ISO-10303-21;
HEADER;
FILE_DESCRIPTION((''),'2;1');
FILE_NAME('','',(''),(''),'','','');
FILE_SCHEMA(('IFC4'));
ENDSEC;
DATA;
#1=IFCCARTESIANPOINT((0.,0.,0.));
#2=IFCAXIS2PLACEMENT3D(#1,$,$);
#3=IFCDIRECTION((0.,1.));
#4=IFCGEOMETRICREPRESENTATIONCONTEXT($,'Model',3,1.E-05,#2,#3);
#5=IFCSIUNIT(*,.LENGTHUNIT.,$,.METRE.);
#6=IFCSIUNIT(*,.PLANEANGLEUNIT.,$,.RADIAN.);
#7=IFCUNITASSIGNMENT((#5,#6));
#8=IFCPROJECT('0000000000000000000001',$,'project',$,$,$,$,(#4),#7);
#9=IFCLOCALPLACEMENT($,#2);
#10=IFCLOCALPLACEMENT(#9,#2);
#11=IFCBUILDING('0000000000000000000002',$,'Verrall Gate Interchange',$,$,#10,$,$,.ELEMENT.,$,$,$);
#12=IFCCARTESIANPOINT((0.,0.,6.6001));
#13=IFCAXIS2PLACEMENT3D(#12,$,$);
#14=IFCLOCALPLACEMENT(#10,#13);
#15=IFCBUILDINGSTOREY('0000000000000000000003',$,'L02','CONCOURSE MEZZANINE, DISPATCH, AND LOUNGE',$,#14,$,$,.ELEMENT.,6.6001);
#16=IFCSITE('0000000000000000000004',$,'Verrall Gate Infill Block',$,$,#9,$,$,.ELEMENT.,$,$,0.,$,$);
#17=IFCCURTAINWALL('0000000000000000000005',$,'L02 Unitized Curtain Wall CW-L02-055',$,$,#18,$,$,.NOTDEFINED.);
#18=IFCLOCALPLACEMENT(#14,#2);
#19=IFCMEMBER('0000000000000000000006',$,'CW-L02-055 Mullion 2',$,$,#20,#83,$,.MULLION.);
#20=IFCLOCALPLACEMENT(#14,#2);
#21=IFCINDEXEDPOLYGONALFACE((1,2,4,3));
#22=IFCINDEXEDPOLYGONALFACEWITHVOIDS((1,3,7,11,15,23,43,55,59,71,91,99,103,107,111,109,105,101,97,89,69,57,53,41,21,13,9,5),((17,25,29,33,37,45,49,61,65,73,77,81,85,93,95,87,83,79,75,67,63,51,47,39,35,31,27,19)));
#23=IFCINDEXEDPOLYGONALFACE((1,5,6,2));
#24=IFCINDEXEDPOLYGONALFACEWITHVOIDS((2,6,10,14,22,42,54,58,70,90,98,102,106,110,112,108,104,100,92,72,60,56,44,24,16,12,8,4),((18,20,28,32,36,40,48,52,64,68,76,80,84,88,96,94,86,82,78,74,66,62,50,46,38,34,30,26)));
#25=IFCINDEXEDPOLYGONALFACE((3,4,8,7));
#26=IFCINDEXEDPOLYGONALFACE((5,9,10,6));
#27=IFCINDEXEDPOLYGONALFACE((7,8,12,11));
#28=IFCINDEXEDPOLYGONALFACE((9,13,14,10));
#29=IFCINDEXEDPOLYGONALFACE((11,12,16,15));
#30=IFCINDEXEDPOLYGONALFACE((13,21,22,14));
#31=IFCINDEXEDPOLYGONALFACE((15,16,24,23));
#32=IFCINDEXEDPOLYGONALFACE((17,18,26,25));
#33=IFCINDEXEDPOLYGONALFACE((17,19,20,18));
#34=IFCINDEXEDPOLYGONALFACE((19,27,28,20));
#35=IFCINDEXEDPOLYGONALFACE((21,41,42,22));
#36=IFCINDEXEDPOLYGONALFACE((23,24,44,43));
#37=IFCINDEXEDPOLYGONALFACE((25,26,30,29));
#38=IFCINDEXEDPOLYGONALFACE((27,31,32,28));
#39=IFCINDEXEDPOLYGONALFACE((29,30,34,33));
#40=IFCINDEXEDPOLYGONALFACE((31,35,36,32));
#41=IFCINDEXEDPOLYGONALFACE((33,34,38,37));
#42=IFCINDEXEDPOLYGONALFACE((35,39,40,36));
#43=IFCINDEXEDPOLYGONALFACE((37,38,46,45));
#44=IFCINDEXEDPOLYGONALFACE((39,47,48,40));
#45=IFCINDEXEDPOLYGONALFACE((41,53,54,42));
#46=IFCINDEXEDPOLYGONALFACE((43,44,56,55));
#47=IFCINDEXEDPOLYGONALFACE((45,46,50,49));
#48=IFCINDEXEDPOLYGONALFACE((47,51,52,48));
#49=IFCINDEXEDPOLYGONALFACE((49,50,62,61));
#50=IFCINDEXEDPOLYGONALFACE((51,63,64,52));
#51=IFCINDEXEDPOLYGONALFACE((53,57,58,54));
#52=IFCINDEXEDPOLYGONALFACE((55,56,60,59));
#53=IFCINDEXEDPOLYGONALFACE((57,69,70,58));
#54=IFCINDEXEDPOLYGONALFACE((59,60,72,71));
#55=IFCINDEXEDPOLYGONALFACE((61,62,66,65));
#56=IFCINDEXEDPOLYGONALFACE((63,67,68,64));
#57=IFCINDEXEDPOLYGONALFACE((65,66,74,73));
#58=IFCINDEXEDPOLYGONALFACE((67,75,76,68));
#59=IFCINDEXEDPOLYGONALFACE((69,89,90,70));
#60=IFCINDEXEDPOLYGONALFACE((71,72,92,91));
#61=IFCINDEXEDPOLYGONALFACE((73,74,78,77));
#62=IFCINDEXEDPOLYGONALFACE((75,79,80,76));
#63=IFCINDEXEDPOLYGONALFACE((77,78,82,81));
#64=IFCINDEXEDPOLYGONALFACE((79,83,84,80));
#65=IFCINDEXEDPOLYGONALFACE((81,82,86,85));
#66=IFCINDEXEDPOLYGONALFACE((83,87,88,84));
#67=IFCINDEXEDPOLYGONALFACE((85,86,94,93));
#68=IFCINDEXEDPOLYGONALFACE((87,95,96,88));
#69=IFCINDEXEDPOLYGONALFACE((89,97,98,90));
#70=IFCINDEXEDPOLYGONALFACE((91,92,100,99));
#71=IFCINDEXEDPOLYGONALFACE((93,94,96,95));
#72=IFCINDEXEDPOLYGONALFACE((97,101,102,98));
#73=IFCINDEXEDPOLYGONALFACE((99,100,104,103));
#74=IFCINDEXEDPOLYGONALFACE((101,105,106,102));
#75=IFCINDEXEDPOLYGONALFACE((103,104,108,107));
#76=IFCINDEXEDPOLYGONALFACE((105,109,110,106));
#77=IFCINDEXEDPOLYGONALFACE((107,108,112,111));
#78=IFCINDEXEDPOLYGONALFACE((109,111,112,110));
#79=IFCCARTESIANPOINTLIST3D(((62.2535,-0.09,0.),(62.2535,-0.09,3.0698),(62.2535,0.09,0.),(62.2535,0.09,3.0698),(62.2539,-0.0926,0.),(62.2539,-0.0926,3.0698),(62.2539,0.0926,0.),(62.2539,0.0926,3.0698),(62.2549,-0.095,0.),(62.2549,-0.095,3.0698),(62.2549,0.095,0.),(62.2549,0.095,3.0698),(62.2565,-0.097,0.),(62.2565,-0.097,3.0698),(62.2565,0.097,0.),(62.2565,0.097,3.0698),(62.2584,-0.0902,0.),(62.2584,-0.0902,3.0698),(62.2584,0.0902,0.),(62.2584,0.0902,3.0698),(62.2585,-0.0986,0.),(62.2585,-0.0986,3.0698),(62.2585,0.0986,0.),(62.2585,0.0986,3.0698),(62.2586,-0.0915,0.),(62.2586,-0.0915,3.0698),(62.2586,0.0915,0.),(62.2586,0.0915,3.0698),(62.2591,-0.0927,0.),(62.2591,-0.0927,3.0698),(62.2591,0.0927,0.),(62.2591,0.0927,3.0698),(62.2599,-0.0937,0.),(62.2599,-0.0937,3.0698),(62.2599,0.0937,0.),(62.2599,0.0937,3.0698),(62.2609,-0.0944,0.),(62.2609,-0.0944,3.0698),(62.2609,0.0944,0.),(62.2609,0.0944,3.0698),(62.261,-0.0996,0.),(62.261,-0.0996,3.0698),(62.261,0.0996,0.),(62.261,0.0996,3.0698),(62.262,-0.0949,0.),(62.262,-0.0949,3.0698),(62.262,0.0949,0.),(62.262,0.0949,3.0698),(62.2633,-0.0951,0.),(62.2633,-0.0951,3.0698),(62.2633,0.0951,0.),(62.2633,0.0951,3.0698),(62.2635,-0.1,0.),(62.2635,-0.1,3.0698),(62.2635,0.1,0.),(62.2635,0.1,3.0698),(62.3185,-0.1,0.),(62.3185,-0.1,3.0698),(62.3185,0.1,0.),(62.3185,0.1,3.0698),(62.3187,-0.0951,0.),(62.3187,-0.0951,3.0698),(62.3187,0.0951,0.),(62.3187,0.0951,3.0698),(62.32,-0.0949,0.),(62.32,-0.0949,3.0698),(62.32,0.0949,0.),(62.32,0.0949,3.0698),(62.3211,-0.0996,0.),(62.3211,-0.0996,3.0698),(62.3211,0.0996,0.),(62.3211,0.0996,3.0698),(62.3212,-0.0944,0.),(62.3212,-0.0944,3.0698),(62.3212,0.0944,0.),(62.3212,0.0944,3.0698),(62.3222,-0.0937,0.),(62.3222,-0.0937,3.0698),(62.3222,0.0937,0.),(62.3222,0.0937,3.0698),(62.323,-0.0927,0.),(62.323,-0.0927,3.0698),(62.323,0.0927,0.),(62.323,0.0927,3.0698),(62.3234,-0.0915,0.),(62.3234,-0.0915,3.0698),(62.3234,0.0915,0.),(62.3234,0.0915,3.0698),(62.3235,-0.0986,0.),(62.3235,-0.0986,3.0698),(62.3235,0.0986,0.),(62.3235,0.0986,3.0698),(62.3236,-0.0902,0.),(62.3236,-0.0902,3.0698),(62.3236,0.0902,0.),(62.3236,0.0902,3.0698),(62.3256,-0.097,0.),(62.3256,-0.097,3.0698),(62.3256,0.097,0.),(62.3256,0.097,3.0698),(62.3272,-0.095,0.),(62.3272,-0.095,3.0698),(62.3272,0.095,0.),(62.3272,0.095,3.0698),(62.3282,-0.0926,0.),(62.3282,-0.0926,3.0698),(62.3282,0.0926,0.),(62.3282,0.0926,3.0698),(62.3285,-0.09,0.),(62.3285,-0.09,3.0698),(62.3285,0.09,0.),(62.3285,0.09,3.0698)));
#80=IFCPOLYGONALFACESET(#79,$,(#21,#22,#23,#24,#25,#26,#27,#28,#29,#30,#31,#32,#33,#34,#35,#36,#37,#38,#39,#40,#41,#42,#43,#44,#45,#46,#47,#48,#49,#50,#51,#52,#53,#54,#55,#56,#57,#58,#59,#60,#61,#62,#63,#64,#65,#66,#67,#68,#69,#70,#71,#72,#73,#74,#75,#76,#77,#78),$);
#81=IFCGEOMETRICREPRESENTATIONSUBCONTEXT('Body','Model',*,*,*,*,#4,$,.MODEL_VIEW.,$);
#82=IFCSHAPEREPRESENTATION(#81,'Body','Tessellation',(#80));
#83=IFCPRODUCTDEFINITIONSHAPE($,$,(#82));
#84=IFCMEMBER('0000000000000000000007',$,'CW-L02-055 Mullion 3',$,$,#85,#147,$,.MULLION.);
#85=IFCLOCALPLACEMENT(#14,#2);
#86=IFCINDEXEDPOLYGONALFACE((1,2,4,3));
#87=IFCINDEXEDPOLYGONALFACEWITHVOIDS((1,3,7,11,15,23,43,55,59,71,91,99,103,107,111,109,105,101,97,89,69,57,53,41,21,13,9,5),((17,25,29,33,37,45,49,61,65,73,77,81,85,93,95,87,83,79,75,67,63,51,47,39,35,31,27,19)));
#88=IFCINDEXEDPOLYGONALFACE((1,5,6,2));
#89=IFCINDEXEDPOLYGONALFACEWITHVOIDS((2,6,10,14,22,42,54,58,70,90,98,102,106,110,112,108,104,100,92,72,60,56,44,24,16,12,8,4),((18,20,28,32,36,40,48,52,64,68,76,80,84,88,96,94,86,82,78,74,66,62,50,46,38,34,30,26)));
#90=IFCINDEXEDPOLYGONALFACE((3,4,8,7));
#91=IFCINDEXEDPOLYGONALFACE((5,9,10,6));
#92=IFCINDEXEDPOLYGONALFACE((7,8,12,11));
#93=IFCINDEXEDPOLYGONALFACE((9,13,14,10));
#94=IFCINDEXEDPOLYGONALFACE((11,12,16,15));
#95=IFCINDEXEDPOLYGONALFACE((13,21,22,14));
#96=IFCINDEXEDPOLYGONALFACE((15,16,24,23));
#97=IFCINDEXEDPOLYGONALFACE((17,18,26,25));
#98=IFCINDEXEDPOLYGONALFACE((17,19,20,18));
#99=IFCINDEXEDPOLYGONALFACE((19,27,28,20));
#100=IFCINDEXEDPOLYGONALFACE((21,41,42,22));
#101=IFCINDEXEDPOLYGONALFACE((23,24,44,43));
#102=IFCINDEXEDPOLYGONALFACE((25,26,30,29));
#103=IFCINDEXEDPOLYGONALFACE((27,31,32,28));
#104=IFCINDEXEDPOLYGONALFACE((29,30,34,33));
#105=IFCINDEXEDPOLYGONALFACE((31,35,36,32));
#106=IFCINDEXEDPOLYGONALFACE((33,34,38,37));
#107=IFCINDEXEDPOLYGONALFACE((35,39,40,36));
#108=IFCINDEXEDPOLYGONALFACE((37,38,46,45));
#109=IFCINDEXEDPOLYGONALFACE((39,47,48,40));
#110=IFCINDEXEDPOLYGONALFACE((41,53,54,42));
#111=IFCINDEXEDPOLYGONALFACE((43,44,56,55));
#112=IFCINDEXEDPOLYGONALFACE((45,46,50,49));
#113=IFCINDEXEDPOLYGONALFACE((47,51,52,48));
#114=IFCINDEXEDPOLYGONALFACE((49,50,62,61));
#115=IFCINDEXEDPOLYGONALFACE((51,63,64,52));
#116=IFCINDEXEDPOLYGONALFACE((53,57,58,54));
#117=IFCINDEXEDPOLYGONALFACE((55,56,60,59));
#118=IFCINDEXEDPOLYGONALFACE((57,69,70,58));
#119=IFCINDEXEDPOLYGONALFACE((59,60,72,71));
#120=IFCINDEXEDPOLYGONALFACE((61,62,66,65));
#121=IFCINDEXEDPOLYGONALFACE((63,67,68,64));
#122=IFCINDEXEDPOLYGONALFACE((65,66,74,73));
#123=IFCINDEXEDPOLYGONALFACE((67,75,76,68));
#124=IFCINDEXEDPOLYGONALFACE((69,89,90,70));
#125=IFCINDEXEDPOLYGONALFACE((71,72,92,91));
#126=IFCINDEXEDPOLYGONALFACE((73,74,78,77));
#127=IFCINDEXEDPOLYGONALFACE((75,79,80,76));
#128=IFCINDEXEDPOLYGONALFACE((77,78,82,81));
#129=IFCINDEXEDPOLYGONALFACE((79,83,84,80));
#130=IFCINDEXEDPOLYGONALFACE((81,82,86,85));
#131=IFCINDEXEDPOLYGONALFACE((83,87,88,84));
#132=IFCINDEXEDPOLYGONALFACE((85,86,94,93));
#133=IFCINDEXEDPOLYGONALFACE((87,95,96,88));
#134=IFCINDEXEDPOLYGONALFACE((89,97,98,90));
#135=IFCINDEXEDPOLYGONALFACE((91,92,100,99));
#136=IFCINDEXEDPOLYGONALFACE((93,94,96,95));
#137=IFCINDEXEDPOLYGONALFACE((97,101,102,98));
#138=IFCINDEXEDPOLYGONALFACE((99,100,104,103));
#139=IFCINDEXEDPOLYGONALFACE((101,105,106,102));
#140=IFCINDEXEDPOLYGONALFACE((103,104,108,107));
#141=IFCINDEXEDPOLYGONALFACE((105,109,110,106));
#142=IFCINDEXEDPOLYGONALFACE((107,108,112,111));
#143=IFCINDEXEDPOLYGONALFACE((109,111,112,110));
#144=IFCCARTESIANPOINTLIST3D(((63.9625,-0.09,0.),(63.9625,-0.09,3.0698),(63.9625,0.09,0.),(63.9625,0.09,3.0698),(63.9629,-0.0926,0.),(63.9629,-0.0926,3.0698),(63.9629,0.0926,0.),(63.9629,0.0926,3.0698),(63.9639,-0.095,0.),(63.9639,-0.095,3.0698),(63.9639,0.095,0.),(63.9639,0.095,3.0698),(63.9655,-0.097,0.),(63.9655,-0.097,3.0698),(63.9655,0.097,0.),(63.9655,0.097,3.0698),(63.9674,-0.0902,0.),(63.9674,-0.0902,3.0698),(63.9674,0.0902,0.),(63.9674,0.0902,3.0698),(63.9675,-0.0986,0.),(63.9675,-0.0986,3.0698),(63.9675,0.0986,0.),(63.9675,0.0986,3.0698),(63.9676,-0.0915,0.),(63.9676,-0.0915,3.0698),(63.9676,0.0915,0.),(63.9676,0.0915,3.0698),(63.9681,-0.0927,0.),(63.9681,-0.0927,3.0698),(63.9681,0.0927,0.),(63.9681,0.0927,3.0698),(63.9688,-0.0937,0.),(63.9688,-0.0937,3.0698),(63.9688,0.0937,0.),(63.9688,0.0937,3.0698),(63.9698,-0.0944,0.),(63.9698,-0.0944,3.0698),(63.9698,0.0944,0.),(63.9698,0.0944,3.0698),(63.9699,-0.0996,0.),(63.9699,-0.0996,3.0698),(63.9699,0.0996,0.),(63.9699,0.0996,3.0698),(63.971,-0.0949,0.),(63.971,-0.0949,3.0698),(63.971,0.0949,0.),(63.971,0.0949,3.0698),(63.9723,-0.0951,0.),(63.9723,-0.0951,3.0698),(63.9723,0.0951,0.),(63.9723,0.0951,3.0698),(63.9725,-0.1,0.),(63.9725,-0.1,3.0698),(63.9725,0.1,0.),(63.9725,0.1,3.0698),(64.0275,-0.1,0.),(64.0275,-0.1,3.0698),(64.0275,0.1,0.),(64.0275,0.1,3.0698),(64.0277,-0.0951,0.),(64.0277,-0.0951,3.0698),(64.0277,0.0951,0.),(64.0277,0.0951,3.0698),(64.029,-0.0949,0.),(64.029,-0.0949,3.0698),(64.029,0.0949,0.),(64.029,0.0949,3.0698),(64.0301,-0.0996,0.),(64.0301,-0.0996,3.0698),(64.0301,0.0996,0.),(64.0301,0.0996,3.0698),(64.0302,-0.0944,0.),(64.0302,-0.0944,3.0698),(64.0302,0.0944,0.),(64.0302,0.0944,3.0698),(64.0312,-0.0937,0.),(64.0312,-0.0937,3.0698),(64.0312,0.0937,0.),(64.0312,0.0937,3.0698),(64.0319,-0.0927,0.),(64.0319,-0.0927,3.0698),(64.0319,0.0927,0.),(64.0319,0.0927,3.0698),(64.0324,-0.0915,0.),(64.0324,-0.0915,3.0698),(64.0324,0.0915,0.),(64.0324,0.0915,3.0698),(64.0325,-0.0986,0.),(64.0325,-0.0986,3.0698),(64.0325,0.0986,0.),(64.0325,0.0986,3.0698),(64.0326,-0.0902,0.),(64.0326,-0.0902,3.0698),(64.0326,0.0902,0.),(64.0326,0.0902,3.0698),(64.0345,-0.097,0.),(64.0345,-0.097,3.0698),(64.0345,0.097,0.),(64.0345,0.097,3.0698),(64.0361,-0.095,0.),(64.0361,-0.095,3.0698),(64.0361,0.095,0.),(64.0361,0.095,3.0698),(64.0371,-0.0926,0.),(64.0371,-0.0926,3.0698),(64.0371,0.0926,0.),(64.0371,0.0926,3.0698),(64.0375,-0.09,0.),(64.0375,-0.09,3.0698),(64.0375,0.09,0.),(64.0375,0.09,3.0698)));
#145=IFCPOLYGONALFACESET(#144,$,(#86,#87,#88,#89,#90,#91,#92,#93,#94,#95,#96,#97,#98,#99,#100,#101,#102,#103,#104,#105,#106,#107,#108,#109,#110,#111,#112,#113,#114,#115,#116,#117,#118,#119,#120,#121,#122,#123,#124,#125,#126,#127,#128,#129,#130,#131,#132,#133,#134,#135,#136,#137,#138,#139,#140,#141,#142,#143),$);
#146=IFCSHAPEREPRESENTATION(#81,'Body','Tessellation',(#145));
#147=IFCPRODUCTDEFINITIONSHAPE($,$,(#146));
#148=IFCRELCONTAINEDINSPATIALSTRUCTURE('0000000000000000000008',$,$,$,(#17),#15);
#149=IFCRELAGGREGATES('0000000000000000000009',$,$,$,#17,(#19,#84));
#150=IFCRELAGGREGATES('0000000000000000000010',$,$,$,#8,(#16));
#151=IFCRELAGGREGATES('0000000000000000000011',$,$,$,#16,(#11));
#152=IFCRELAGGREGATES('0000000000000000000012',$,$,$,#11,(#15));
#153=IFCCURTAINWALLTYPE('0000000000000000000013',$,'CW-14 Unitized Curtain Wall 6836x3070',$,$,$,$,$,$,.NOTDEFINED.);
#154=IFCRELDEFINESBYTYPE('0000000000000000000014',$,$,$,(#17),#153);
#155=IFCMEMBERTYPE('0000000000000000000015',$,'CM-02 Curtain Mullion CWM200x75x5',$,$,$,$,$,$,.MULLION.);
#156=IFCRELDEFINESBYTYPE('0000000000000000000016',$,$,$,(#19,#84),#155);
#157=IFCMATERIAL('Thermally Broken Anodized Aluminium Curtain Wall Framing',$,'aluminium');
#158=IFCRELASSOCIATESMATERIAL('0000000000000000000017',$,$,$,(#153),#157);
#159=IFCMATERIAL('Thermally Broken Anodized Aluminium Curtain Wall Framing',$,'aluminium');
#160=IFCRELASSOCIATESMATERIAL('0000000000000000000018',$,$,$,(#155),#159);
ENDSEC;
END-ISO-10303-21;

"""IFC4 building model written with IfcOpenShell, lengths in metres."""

from ifc_helpers import new_model, si_unit, direction, frame, origin, origin_2d, place, context, subcontext, project, spatial, hollow_rectangle, extrude, material, material_profile, profile_set, type_object, element, aggregate, save


model = new_model("IFC4")

# Units and contexts
model_context = context("Model", 3, precision=1e-05, world=origin(), true_north=direction((0.0, 1.0)))
body_context = subcontext(model_context, "Body", "Model", "MODEL_VIEW")
ifc_project = project(units=[si_unit("LENGTHUNIT", "METRE"), si_unit("PLANEANGLEUNIT", "RADIAN")], contexts=[model_context])

# Site, building, storey
site_placement = place(None, origin())
site = spatial("IfcSite", under=ifc_project, at=site_placement, Name="Verrall Gate Infill Block", CompositionType="ELEMENT", RefElevation=0.0)
building_placement = place(site_placement, origin())
building = spatial("IfcBuilding", under=site, at=building_placement, Name="Verrall Gate Interchange", CompositionType="ELEMENT")
storey_placement = place(building_placement, frame((0.0, 0.0, 6.6001)))
storey = spatial("IfcBuildingStorey", under=building, at=storey_placement, Name="L02", Description="CONCOURSE MEZZANINE, DISPATCH, AND LOUNGE", CompositionType="ELEMENT", Elevation=6.6001)

# Curtain wall, members
ifc_material_1 = material(Name="Thermally Broken Anodized Aluminium Curtain Wall Framing", Category="aluminium")
curtain_wall_type = type_object("IfcCurtainWallType", Name="CW-14 Unitized Curtain Wall 6836x3070", PredefinedType="NOTDEFINED", material=ifc_material_1)
curtain_wall_1_placement = place(storey_placement, origin())
curtain_wall_1 = element("IfcCurtainWall", 1, at=curtain_wall_1_placement, inside=storey, type_object=curtain_wall_type, Name="L02 Unitized Curtain Wall CW-L02-055", PredefinedType="NOTDEFINED")
ifc_material_2 = material(Name="Thermally Broken Anodized Aluminium Curtain Wall Framing", Category="aluminium")
ifc_material_profile_1 = material_profile(ifc_material_2, hollow_rectangle(XDim=0.075, YDim=0.2, WallThickness=0.0049, InnerFilletRadius=0.0049, OuterFilletRadius=0.01, at=origin_2d()), Name="CWM200x75x5")
ifc_profile_set_1 = profile_set([ifc_material_profile_1], Name="Thermally Broken Anodized Aluminium Curtain Wall Framing")
member_type_1 = type_object("IfcMemberType", Name="CM-02 Curtain Mullion CWM200x75x5", PredefinedType="MULLION", material=ifc_profile_set_1)
member_1_placement = place(storey_placement, frame((62.291, 0.0, 0.0), z_axis=(0.0, 0.0, 1.0), x_axis=(1.0, 0.0, 0.0)))
member_1 = element("IfcMember", 2, at=member_1_placement, type_object=member_type_1, Name="CW-L02-055 Mullion 2", PredefinedType="MULLION", context=body_context, shape_type="SweptSolid", body=[
    extrude(hollow_rectangle(XDim=0.075, YDim=0.2, WallThickness=0.0049, InnerFilletRadius=0.0049, OuterFilletRadius=0.01, at=origin_2d()), origin(), (0.0, 0.0, 1.0), 3.0698),
])
member_2_placement = place(storey_placement, frame((64.0, 0.0, 0.0), z_axis=(0.0, 0.0, 1.0), x_axis=(1.0, 0.0, 0.0)))
member_2 = element("IfcMember", 3, at=member_2_placement, type_object=member_type_1, Name="CW-L02-055 Mullion 3", PredefinedType="MULLION", context=body_context, shape_type="SweptSolid", body=[
    extrude(hollow_rectangle(XDim=0.075, YDim=0.2, WallThickness=0.0049, InnerFilletRadius=0.0049, OuterFilletRadius=0.01, at=origin_2d()), origin(), (0.0, 0.0, 1.0), 3.0698),
])

aggregate(curtain_wall_1, [member_1, member_2])

save(model, "model.ifc")
